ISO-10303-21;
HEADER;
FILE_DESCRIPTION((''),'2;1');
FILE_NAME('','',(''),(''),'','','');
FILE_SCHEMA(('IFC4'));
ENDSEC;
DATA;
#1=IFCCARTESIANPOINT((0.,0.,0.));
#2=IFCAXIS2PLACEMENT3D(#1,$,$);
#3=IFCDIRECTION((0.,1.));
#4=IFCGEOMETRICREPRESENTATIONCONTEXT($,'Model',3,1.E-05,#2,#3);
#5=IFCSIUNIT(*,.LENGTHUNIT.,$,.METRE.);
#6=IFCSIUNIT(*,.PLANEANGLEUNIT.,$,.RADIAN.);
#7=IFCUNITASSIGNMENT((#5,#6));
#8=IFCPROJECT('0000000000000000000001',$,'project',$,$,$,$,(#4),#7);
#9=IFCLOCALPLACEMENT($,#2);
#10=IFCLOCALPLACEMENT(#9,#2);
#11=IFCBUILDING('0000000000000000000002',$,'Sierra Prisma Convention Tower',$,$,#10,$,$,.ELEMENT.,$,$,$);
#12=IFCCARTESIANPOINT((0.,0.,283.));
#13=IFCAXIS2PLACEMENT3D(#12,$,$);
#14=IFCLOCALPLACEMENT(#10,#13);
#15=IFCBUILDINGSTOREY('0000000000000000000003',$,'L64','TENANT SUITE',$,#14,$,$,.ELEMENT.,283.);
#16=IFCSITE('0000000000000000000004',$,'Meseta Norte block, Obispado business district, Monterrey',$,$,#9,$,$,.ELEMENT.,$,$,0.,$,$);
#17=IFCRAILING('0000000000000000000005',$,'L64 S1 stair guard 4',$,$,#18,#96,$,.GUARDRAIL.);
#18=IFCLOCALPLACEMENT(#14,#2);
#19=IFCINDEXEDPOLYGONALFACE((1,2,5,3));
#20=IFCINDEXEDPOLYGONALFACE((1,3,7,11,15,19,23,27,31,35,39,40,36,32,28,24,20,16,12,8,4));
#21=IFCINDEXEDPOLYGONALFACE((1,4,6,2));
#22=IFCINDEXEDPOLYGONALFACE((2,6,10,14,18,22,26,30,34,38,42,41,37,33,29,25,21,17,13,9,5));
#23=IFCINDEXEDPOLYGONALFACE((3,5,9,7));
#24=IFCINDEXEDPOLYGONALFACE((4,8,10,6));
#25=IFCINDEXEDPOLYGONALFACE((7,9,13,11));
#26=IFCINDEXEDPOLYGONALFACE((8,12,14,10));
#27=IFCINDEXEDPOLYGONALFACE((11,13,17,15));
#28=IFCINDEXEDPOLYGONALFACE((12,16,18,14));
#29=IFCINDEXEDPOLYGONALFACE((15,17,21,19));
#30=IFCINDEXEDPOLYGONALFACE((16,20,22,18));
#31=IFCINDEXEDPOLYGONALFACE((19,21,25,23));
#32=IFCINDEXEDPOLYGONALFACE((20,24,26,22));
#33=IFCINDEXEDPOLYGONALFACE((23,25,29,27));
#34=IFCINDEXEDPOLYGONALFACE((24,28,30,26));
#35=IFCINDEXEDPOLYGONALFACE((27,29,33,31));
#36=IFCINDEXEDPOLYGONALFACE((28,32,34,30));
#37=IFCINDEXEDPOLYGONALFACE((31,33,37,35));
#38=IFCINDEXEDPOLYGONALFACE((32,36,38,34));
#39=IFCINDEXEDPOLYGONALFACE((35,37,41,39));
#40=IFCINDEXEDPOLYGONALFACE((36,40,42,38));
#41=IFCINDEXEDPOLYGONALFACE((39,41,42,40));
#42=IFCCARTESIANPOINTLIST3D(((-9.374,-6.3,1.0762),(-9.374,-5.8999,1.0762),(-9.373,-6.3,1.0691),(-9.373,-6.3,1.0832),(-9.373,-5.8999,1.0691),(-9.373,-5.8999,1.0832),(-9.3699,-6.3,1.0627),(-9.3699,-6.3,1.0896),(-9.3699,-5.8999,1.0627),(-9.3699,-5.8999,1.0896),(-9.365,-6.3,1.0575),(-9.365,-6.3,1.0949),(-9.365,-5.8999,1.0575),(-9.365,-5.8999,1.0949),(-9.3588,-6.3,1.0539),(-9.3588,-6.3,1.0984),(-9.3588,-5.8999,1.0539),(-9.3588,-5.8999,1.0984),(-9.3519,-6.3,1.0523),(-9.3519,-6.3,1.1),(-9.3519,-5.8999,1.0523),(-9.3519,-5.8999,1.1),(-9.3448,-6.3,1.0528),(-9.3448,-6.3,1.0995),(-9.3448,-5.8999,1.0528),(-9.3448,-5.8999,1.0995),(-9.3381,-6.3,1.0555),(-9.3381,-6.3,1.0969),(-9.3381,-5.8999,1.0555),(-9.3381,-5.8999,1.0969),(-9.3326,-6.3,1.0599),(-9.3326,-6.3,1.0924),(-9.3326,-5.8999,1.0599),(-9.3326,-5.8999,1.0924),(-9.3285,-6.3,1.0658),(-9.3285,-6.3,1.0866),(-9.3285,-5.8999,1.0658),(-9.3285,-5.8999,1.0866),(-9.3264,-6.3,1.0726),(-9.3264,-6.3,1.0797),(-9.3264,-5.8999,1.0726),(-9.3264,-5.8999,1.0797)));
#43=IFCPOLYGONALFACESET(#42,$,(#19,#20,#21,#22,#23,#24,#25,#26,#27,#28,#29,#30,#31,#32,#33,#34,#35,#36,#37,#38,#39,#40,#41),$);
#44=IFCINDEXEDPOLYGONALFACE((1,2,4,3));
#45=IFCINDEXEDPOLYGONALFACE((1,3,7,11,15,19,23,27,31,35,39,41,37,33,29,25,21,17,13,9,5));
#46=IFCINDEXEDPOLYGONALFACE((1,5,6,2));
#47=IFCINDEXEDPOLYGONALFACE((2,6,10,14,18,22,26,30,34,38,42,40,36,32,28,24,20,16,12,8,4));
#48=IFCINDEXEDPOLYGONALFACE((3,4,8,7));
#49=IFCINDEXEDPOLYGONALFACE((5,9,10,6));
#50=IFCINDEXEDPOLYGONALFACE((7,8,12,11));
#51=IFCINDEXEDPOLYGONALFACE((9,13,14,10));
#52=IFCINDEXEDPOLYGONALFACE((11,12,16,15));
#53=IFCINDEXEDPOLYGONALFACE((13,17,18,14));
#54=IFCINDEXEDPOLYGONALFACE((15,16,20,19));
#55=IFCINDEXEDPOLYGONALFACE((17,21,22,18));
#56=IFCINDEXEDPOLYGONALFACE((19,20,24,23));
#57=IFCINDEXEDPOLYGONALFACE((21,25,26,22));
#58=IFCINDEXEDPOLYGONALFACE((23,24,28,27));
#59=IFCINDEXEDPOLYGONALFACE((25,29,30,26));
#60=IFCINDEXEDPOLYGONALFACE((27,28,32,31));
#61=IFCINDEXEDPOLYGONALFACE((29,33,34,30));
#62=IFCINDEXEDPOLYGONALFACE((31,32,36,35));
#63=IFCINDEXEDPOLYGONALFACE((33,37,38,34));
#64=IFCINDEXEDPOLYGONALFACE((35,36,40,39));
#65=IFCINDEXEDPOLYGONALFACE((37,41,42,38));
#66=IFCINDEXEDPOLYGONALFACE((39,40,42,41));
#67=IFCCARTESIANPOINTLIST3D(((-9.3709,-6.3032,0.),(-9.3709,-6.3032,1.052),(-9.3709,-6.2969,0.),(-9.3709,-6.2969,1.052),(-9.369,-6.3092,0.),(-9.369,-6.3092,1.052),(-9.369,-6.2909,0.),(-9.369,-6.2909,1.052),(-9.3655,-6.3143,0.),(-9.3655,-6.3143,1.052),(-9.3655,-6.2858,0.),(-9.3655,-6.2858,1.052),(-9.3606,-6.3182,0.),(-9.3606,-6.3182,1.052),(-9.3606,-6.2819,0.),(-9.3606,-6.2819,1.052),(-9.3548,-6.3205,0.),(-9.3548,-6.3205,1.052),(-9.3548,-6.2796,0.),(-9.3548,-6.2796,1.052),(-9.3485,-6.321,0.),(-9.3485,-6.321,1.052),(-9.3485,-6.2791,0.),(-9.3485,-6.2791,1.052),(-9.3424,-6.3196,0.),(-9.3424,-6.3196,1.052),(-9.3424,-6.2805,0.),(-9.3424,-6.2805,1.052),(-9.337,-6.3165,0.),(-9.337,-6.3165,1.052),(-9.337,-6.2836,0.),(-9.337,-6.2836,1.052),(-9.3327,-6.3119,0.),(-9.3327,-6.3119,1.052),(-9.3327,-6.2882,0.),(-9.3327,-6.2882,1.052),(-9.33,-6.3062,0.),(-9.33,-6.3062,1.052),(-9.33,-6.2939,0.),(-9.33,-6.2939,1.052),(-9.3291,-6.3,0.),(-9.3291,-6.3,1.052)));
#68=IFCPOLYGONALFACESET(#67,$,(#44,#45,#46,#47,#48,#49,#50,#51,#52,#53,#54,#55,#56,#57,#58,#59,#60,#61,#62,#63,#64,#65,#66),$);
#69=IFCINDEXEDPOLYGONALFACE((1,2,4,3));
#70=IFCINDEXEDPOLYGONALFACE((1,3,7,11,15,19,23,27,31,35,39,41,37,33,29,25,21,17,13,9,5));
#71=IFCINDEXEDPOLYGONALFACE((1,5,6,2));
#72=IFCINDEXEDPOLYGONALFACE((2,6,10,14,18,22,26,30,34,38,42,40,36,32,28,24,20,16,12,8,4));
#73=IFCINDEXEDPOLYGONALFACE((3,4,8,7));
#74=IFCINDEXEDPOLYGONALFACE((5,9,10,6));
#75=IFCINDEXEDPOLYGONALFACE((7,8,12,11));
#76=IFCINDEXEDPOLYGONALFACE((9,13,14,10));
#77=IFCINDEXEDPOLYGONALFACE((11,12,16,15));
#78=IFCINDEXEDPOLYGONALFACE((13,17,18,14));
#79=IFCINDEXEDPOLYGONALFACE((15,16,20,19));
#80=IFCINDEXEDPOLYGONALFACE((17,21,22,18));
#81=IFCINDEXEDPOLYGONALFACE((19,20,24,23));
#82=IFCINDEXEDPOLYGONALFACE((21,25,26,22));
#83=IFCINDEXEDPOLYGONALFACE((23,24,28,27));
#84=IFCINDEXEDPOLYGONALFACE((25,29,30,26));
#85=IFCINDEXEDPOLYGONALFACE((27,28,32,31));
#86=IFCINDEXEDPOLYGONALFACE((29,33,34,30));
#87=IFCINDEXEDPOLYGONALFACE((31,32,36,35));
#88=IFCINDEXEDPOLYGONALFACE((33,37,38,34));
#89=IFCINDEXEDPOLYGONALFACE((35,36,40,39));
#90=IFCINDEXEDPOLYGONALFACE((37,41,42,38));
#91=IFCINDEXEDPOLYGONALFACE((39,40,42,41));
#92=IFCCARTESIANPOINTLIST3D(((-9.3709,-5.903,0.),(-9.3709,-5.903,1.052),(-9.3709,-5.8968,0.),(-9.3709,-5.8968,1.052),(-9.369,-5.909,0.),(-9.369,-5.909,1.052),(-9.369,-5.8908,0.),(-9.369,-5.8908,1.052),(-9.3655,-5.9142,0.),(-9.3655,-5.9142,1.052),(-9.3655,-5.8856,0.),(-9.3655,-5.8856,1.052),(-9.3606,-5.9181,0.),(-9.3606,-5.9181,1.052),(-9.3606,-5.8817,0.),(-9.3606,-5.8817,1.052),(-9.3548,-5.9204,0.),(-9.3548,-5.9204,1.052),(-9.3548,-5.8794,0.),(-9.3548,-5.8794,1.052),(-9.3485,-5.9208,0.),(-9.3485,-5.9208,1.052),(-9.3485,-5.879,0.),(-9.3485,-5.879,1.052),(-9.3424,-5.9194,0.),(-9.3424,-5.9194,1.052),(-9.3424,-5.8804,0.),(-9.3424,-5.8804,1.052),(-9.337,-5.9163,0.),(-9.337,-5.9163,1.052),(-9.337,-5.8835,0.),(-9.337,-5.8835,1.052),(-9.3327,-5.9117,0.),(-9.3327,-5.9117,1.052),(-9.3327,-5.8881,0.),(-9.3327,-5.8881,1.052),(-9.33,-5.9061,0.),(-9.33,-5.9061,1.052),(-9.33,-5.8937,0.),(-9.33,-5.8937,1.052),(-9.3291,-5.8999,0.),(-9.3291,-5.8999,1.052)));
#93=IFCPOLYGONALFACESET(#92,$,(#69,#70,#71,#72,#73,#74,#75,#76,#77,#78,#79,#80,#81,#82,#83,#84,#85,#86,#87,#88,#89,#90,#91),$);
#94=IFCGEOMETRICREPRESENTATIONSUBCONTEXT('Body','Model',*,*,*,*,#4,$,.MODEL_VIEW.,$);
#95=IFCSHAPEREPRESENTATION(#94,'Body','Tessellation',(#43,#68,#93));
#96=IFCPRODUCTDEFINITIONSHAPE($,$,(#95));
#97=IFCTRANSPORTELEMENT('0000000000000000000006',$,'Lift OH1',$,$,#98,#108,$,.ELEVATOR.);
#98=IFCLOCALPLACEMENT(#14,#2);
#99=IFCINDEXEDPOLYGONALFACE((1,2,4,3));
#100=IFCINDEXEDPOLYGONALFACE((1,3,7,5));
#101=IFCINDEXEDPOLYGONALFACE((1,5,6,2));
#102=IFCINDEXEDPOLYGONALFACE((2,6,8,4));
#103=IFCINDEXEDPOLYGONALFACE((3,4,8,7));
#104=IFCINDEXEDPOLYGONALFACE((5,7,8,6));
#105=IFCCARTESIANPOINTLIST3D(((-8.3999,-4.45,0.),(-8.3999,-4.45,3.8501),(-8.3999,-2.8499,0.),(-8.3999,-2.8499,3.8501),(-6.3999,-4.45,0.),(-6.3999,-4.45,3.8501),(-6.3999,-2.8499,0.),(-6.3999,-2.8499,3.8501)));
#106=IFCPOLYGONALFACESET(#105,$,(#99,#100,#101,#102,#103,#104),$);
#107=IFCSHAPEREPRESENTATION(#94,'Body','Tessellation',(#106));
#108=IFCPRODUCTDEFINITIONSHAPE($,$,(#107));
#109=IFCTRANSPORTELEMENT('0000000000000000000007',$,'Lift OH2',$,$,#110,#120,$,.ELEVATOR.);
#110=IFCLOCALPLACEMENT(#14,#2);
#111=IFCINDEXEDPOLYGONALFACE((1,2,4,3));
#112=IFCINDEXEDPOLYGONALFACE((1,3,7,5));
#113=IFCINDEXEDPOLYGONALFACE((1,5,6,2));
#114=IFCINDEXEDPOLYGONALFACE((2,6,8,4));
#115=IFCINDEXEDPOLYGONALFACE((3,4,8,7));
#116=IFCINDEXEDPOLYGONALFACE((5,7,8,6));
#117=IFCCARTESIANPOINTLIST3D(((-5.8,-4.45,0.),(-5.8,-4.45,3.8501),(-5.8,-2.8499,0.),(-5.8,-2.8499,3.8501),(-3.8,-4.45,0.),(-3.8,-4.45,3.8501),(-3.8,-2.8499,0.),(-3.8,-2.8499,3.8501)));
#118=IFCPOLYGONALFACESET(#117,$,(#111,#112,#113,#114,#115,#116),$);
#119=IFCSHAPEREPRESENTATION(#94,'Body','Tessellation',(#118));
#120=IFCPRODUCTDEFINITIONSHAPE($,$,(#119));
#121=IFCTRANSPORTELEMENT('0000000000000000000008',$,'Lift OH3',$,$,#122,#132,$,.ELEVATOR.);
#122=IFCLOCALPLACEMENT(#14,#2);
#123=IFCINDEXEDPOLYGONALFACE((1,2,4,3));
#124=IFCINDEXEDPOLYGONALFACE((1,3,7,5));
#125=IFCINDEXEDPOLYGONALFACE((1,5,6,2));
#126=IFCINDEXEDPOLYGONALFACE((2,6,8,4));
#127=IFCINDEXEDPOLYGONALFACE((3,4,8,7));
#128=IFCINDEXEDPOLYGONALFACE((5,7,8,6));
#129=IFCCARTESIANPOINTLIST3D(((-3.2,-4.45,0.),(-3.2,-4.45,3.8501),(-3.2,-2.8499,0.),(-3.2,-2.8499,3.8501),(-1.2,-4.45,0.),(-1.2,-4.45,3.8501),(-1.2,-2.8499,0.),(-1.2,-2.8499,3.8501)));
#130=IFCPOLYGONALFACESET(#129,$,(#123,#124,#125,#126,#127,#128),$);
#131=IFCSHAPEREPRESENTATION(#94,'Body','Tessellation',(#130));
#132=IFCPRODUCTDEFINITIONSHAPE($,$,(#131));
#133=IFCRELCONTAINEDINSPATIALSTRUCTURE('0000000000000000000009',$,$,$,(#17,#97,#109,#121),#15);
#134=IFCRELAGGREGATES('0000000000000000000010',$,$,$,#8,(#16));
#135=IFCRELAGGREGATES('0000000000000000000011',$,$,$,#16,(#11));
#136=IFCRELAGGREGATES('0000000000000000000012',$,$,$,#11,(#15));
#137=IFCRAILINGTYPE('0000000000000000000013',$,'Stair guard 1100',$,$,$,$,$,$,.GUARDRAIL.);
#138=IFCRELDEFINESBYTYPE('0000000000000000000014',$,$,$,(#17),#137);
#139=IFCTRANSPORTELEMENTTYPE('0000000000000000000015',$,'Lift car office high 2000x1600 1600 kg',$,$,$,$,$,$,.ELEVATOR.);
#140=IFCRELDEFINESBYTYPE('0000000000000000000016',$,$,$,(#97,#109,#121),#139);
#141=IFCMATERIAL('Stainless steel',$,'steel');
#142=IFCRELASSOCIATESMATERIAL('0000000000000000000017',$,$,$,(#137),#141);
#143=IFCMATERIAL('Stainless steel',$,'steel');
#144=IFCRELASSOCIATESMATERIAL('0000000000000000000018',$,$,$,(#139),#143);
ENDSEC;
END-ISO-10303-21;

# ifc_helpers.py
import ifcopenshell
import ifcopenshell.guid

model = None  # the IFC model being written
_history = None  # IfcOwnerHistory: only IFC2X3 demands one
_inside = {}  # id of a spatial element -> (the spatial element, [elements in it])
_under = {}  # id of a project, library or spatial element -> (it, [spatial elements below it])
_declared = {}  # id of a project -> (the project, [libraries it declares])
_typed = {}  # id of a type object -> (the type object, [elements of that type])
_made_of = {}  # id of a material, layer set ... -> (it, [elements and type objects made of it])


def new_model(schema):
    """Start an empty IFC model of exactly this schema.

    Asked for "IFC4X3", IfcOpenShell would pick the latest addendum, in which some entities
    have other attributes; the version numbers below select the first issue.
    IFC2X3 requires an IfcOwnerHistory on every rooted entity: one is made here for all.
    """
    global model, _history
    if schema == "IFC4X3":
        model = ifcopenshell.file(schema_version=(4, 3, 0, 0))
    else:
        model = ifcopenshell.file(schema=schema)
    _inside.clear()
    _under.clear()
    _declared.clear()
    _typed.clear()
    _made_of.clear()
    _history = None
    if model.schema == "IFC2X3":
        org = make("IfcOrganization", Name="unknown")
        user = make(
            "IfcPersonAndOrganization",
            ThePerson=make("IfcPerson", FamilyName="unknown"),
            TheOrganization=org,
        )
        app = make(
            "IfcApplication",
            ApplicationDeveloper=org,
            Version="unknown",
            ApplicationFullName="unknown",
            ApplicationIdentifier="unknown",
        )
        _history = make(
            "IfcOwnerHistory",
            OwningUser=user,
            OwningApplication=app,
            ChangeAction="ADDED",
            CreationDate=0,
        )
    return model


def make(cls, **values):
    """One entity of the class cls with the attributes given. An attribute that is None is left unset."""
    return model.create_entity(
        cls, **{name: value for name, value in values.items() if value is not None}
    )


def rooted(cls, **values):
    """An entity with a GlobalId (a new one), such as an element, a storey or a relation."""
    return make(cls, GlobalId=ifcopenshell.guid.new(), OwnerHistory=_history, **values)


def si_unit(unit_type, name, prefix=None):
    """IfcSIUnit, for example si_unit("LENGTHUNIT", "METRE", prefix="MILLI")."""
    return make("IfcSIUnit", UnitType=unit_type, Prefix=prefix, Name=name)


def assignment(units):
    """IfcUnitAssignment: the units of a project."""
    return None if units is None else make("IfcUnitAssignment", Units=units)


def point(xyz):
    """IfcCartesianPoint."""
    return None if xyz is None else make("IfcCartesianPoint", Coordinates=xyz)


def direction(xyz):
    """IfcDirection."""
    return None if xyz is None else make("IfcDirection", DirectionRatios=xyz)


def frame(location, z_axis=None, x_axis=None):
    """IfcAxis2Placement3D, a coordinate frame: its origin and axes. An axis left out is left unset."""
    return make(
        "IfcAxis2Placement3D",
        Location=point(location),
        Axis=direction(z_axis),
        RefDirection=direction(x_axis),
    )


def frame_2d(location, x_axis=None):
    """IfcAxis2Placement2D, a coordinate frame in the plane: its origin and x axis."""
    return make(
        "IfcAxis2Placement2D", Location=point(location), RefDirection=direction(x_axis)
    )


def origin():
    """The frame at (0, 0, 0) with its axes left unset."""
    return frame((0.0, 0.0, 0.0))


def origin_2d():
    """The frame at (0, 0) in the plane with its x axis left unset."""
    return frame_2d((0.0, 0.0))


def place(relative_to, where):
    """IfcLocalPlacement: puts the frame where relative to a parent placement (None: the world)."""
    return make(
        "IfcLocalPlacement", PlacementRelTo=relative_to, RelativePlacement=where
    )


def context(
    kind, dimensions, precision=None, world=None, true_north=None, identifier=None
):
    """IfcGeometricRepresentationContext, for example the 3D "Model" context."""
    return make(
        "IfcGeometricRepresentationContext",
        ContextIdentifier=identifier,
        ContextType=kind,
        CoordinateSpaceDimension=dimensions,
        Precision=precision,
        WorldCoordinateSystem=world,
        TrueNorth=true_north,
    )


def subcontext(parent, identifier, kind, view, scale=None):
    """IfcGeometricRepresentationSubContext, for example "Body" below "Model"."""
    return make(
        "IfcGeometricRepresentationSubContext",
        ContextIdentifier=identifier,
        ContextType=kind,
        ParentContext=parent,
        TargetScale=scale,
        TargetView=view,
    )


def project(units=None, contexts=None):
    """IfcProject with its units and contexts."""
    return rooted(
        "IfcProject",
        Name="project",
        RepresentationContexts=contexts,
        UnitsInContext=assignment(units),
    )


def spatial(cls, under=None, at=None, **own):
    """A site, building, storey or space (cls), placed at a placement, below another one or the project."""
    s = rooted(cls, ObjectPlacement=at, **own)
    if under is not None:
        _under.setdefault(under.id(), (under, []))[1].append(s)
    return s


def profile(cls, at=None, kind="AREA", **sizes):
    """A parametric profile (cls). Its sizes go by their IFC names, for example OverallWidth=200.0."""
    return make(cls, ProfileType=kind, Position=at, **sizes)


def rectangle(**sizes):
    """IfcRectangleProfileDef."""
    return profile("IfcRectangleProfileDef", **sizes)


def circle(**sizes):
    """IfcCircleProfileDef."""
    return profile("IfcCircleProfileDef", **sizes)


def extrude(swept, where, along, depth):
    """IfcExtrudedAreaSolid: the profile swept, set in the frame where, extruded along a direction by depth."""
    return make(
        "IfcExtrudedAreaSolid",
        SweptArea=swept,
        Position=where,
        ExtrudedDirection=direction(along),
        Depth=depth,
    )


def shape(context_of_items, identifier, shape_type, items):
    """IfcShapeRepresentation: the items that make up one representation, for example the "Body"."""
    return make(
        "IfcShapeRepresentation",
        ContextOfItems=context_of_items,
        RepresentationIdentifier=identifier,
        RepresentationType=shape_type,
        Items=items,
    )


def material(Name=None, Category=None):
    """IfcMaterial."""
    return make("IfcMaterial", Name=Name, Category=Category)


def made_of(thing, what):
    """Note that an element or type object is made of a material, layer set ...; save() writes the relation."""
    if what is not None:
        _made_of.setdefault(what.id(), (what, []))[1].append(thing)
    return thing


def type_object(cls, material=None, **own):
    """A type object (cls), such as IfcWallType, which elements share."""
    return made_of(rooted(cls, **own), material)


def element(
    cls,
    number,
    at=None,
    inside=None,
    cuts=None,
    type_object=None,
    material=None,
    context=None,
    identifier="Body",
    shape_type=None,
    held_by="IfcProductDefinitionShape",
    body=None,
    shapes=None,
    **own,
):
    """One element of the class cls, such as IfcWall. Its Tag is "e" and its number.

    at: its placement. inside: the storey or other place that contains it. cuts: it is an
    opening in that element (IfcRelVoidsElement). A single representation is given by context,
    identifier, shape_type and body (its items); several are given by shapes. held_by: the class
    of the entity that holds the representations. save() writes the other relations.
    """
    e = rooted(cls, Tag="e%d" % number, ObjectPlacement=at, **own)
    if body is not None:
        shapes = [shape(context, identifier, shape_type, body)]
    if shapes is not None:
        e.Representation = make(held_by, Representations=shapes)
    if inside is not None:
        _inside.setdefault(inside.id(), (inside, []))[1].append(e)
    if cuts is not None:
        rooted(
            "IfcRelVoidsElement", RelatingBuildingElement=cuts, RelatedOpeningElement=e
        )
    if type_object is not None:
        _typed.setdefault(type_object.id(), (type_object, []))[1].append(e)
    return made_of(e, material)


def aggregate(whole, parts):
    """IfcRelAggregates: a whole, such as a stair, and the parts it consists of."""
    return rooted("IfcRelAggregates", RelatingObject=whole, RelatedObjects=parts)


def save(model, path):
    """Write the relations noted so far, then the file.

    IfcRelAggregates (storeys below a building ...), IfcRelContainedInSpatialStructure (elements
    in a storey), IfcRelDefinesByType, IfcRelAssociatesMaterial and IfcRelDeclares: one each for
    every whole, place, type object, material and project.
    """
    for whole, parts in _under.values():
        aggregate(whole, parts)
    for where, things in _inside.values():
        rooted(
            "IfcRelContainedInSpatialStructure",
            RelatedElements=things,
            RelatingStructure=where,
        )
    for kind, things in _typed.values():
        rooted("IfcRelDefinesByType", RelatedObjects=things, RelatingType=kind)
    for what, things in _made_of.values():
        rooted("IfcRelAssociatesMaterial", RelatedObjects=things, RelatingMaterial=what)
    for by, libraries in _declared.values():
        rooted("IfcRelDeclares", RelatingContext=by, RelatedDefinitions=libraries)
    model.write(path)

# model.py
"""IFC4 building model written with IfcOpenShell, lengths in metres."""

from ifc_helpers import new_model, si_unit, direction, frame, origin, origin_2d, place, context, subcontext, project, spatial, rectangle, circle, extrude, material, type_object, element, save


model = new_model("IFC4")

# Units and contexts
model_context = context("Model", 3, precision=1e-05, world=origin(), true_north=direction((0.0, 1.0)))
body_context = subcontext(model_context, "Body", "Model", "MODEL_VIEW")
ifc_project = project(units=[si_unit("LENGTHUNIT", "METRE"), si_unit("PLANEANGLEUNIT", "RADIAN")], contexts=[model_context])

# Site, building, storey
site_placement = place(None, origin())
site = spatial("IfcSite", under=ifc_project, at=site_placement, Name="Meseta Norte block, Obispado business district, Monterrey", CompositionType="ELEMENT", RefElevation=0.0)
building_placement = place(site_placement, origin())
building = spatial("IfcBuilding", under=site, at=building_placement, Name="Sierra Prisma Convention Tower", CompositionType="ELEMENT")
storey_placement = place(building_placement, frame((0.0, 0.0, 283.0)))
storey = spatial("IfcBuildingStorey", under=building, at=storey_placement, Name="L64", Description="TENANT SUITE", CompositionType="ELEMENT", Elevation=283.0)

# Railing
ifc_material_1 = material(Name="Stainless steel", Category="steel")
railing_type_1 = type_object("IfcRailingType", Name="Stair guard 1100", PredefinedType="GUARDRAIL", material=ifc_material_1)
railing_1_placement = place(storey_placement, frame((-9.3501, -6.3, 0.0)))
element("IfcRailing", 1, at=railing_1_placement, inside=storey, type_object=railing_type_1, Name="L64 S1 stair guard 4", PredefinedType="GUARDRAIL", context=body_context, shape_type="SweptSolid", body=[
    extrude(circle(Radius=0.0239, at=origin_2d()), frame((0.0, 0.0, 1.0762), z_axis=(0.0, 1.0, 0.0), x_axis=(-1.0, 0.0, 0.0)), (0.0, 0.0, 1.0), 0.4001),
    extrude(circle(Radius=0.021, at=origin_2d()), origin(), (0.0, 0.0, 1.0), 1.052),
    extrude(circle(Radius=0.021, at=origin_2d()), frame((0.0, 0.4001, 0.0)), (0.0, 0.0, 1.0), 1.052),
])

# Transport elements
ifc_material_2 = material(Name="Stainless steel", Category="steel")
transport_element_type = type_object("IfcTransportElementType", Name="Lift car office high 2000x1600 1600 kg", PredefinedType="ELEVATOR", material=ifc_material_2)
for number, where, z_axis, x_axis, name in (
    (2, (-7.3999, -3.6499, 0.0), (0.0, 0.0, 1.0), (1.0, 0.0, 0.0), "Lift OH1"),
    (3, (-4.8, -3.6499, 0.0), (0.0, 0.0, 1.0), (1.0, 0.0, 0.0), "Lift OH2"),
    (4, (-2.2, -3.6499, 0.0), (0.0, 0.0, 1.0), (1.0, 0.0, 0.0), "Lift OH3"),
):
    element("IfcTransportElement", number, at=place(storey_placement, frame(where, z_axis=z_axis, x_axis=x_axis)), inside=storey, type_object=transport_element_type, Name=name, PredefinedType="ELEVATOR", context=body_context, shape_type="SweptSolid", body=[
        extrude(rectangle(XDim=2.0, YDim=1.6001, at=origin_2d()), origin(), (0.0, 0.0, 1.0), 3.8501),
    ])

save(model, "model.ifc")
